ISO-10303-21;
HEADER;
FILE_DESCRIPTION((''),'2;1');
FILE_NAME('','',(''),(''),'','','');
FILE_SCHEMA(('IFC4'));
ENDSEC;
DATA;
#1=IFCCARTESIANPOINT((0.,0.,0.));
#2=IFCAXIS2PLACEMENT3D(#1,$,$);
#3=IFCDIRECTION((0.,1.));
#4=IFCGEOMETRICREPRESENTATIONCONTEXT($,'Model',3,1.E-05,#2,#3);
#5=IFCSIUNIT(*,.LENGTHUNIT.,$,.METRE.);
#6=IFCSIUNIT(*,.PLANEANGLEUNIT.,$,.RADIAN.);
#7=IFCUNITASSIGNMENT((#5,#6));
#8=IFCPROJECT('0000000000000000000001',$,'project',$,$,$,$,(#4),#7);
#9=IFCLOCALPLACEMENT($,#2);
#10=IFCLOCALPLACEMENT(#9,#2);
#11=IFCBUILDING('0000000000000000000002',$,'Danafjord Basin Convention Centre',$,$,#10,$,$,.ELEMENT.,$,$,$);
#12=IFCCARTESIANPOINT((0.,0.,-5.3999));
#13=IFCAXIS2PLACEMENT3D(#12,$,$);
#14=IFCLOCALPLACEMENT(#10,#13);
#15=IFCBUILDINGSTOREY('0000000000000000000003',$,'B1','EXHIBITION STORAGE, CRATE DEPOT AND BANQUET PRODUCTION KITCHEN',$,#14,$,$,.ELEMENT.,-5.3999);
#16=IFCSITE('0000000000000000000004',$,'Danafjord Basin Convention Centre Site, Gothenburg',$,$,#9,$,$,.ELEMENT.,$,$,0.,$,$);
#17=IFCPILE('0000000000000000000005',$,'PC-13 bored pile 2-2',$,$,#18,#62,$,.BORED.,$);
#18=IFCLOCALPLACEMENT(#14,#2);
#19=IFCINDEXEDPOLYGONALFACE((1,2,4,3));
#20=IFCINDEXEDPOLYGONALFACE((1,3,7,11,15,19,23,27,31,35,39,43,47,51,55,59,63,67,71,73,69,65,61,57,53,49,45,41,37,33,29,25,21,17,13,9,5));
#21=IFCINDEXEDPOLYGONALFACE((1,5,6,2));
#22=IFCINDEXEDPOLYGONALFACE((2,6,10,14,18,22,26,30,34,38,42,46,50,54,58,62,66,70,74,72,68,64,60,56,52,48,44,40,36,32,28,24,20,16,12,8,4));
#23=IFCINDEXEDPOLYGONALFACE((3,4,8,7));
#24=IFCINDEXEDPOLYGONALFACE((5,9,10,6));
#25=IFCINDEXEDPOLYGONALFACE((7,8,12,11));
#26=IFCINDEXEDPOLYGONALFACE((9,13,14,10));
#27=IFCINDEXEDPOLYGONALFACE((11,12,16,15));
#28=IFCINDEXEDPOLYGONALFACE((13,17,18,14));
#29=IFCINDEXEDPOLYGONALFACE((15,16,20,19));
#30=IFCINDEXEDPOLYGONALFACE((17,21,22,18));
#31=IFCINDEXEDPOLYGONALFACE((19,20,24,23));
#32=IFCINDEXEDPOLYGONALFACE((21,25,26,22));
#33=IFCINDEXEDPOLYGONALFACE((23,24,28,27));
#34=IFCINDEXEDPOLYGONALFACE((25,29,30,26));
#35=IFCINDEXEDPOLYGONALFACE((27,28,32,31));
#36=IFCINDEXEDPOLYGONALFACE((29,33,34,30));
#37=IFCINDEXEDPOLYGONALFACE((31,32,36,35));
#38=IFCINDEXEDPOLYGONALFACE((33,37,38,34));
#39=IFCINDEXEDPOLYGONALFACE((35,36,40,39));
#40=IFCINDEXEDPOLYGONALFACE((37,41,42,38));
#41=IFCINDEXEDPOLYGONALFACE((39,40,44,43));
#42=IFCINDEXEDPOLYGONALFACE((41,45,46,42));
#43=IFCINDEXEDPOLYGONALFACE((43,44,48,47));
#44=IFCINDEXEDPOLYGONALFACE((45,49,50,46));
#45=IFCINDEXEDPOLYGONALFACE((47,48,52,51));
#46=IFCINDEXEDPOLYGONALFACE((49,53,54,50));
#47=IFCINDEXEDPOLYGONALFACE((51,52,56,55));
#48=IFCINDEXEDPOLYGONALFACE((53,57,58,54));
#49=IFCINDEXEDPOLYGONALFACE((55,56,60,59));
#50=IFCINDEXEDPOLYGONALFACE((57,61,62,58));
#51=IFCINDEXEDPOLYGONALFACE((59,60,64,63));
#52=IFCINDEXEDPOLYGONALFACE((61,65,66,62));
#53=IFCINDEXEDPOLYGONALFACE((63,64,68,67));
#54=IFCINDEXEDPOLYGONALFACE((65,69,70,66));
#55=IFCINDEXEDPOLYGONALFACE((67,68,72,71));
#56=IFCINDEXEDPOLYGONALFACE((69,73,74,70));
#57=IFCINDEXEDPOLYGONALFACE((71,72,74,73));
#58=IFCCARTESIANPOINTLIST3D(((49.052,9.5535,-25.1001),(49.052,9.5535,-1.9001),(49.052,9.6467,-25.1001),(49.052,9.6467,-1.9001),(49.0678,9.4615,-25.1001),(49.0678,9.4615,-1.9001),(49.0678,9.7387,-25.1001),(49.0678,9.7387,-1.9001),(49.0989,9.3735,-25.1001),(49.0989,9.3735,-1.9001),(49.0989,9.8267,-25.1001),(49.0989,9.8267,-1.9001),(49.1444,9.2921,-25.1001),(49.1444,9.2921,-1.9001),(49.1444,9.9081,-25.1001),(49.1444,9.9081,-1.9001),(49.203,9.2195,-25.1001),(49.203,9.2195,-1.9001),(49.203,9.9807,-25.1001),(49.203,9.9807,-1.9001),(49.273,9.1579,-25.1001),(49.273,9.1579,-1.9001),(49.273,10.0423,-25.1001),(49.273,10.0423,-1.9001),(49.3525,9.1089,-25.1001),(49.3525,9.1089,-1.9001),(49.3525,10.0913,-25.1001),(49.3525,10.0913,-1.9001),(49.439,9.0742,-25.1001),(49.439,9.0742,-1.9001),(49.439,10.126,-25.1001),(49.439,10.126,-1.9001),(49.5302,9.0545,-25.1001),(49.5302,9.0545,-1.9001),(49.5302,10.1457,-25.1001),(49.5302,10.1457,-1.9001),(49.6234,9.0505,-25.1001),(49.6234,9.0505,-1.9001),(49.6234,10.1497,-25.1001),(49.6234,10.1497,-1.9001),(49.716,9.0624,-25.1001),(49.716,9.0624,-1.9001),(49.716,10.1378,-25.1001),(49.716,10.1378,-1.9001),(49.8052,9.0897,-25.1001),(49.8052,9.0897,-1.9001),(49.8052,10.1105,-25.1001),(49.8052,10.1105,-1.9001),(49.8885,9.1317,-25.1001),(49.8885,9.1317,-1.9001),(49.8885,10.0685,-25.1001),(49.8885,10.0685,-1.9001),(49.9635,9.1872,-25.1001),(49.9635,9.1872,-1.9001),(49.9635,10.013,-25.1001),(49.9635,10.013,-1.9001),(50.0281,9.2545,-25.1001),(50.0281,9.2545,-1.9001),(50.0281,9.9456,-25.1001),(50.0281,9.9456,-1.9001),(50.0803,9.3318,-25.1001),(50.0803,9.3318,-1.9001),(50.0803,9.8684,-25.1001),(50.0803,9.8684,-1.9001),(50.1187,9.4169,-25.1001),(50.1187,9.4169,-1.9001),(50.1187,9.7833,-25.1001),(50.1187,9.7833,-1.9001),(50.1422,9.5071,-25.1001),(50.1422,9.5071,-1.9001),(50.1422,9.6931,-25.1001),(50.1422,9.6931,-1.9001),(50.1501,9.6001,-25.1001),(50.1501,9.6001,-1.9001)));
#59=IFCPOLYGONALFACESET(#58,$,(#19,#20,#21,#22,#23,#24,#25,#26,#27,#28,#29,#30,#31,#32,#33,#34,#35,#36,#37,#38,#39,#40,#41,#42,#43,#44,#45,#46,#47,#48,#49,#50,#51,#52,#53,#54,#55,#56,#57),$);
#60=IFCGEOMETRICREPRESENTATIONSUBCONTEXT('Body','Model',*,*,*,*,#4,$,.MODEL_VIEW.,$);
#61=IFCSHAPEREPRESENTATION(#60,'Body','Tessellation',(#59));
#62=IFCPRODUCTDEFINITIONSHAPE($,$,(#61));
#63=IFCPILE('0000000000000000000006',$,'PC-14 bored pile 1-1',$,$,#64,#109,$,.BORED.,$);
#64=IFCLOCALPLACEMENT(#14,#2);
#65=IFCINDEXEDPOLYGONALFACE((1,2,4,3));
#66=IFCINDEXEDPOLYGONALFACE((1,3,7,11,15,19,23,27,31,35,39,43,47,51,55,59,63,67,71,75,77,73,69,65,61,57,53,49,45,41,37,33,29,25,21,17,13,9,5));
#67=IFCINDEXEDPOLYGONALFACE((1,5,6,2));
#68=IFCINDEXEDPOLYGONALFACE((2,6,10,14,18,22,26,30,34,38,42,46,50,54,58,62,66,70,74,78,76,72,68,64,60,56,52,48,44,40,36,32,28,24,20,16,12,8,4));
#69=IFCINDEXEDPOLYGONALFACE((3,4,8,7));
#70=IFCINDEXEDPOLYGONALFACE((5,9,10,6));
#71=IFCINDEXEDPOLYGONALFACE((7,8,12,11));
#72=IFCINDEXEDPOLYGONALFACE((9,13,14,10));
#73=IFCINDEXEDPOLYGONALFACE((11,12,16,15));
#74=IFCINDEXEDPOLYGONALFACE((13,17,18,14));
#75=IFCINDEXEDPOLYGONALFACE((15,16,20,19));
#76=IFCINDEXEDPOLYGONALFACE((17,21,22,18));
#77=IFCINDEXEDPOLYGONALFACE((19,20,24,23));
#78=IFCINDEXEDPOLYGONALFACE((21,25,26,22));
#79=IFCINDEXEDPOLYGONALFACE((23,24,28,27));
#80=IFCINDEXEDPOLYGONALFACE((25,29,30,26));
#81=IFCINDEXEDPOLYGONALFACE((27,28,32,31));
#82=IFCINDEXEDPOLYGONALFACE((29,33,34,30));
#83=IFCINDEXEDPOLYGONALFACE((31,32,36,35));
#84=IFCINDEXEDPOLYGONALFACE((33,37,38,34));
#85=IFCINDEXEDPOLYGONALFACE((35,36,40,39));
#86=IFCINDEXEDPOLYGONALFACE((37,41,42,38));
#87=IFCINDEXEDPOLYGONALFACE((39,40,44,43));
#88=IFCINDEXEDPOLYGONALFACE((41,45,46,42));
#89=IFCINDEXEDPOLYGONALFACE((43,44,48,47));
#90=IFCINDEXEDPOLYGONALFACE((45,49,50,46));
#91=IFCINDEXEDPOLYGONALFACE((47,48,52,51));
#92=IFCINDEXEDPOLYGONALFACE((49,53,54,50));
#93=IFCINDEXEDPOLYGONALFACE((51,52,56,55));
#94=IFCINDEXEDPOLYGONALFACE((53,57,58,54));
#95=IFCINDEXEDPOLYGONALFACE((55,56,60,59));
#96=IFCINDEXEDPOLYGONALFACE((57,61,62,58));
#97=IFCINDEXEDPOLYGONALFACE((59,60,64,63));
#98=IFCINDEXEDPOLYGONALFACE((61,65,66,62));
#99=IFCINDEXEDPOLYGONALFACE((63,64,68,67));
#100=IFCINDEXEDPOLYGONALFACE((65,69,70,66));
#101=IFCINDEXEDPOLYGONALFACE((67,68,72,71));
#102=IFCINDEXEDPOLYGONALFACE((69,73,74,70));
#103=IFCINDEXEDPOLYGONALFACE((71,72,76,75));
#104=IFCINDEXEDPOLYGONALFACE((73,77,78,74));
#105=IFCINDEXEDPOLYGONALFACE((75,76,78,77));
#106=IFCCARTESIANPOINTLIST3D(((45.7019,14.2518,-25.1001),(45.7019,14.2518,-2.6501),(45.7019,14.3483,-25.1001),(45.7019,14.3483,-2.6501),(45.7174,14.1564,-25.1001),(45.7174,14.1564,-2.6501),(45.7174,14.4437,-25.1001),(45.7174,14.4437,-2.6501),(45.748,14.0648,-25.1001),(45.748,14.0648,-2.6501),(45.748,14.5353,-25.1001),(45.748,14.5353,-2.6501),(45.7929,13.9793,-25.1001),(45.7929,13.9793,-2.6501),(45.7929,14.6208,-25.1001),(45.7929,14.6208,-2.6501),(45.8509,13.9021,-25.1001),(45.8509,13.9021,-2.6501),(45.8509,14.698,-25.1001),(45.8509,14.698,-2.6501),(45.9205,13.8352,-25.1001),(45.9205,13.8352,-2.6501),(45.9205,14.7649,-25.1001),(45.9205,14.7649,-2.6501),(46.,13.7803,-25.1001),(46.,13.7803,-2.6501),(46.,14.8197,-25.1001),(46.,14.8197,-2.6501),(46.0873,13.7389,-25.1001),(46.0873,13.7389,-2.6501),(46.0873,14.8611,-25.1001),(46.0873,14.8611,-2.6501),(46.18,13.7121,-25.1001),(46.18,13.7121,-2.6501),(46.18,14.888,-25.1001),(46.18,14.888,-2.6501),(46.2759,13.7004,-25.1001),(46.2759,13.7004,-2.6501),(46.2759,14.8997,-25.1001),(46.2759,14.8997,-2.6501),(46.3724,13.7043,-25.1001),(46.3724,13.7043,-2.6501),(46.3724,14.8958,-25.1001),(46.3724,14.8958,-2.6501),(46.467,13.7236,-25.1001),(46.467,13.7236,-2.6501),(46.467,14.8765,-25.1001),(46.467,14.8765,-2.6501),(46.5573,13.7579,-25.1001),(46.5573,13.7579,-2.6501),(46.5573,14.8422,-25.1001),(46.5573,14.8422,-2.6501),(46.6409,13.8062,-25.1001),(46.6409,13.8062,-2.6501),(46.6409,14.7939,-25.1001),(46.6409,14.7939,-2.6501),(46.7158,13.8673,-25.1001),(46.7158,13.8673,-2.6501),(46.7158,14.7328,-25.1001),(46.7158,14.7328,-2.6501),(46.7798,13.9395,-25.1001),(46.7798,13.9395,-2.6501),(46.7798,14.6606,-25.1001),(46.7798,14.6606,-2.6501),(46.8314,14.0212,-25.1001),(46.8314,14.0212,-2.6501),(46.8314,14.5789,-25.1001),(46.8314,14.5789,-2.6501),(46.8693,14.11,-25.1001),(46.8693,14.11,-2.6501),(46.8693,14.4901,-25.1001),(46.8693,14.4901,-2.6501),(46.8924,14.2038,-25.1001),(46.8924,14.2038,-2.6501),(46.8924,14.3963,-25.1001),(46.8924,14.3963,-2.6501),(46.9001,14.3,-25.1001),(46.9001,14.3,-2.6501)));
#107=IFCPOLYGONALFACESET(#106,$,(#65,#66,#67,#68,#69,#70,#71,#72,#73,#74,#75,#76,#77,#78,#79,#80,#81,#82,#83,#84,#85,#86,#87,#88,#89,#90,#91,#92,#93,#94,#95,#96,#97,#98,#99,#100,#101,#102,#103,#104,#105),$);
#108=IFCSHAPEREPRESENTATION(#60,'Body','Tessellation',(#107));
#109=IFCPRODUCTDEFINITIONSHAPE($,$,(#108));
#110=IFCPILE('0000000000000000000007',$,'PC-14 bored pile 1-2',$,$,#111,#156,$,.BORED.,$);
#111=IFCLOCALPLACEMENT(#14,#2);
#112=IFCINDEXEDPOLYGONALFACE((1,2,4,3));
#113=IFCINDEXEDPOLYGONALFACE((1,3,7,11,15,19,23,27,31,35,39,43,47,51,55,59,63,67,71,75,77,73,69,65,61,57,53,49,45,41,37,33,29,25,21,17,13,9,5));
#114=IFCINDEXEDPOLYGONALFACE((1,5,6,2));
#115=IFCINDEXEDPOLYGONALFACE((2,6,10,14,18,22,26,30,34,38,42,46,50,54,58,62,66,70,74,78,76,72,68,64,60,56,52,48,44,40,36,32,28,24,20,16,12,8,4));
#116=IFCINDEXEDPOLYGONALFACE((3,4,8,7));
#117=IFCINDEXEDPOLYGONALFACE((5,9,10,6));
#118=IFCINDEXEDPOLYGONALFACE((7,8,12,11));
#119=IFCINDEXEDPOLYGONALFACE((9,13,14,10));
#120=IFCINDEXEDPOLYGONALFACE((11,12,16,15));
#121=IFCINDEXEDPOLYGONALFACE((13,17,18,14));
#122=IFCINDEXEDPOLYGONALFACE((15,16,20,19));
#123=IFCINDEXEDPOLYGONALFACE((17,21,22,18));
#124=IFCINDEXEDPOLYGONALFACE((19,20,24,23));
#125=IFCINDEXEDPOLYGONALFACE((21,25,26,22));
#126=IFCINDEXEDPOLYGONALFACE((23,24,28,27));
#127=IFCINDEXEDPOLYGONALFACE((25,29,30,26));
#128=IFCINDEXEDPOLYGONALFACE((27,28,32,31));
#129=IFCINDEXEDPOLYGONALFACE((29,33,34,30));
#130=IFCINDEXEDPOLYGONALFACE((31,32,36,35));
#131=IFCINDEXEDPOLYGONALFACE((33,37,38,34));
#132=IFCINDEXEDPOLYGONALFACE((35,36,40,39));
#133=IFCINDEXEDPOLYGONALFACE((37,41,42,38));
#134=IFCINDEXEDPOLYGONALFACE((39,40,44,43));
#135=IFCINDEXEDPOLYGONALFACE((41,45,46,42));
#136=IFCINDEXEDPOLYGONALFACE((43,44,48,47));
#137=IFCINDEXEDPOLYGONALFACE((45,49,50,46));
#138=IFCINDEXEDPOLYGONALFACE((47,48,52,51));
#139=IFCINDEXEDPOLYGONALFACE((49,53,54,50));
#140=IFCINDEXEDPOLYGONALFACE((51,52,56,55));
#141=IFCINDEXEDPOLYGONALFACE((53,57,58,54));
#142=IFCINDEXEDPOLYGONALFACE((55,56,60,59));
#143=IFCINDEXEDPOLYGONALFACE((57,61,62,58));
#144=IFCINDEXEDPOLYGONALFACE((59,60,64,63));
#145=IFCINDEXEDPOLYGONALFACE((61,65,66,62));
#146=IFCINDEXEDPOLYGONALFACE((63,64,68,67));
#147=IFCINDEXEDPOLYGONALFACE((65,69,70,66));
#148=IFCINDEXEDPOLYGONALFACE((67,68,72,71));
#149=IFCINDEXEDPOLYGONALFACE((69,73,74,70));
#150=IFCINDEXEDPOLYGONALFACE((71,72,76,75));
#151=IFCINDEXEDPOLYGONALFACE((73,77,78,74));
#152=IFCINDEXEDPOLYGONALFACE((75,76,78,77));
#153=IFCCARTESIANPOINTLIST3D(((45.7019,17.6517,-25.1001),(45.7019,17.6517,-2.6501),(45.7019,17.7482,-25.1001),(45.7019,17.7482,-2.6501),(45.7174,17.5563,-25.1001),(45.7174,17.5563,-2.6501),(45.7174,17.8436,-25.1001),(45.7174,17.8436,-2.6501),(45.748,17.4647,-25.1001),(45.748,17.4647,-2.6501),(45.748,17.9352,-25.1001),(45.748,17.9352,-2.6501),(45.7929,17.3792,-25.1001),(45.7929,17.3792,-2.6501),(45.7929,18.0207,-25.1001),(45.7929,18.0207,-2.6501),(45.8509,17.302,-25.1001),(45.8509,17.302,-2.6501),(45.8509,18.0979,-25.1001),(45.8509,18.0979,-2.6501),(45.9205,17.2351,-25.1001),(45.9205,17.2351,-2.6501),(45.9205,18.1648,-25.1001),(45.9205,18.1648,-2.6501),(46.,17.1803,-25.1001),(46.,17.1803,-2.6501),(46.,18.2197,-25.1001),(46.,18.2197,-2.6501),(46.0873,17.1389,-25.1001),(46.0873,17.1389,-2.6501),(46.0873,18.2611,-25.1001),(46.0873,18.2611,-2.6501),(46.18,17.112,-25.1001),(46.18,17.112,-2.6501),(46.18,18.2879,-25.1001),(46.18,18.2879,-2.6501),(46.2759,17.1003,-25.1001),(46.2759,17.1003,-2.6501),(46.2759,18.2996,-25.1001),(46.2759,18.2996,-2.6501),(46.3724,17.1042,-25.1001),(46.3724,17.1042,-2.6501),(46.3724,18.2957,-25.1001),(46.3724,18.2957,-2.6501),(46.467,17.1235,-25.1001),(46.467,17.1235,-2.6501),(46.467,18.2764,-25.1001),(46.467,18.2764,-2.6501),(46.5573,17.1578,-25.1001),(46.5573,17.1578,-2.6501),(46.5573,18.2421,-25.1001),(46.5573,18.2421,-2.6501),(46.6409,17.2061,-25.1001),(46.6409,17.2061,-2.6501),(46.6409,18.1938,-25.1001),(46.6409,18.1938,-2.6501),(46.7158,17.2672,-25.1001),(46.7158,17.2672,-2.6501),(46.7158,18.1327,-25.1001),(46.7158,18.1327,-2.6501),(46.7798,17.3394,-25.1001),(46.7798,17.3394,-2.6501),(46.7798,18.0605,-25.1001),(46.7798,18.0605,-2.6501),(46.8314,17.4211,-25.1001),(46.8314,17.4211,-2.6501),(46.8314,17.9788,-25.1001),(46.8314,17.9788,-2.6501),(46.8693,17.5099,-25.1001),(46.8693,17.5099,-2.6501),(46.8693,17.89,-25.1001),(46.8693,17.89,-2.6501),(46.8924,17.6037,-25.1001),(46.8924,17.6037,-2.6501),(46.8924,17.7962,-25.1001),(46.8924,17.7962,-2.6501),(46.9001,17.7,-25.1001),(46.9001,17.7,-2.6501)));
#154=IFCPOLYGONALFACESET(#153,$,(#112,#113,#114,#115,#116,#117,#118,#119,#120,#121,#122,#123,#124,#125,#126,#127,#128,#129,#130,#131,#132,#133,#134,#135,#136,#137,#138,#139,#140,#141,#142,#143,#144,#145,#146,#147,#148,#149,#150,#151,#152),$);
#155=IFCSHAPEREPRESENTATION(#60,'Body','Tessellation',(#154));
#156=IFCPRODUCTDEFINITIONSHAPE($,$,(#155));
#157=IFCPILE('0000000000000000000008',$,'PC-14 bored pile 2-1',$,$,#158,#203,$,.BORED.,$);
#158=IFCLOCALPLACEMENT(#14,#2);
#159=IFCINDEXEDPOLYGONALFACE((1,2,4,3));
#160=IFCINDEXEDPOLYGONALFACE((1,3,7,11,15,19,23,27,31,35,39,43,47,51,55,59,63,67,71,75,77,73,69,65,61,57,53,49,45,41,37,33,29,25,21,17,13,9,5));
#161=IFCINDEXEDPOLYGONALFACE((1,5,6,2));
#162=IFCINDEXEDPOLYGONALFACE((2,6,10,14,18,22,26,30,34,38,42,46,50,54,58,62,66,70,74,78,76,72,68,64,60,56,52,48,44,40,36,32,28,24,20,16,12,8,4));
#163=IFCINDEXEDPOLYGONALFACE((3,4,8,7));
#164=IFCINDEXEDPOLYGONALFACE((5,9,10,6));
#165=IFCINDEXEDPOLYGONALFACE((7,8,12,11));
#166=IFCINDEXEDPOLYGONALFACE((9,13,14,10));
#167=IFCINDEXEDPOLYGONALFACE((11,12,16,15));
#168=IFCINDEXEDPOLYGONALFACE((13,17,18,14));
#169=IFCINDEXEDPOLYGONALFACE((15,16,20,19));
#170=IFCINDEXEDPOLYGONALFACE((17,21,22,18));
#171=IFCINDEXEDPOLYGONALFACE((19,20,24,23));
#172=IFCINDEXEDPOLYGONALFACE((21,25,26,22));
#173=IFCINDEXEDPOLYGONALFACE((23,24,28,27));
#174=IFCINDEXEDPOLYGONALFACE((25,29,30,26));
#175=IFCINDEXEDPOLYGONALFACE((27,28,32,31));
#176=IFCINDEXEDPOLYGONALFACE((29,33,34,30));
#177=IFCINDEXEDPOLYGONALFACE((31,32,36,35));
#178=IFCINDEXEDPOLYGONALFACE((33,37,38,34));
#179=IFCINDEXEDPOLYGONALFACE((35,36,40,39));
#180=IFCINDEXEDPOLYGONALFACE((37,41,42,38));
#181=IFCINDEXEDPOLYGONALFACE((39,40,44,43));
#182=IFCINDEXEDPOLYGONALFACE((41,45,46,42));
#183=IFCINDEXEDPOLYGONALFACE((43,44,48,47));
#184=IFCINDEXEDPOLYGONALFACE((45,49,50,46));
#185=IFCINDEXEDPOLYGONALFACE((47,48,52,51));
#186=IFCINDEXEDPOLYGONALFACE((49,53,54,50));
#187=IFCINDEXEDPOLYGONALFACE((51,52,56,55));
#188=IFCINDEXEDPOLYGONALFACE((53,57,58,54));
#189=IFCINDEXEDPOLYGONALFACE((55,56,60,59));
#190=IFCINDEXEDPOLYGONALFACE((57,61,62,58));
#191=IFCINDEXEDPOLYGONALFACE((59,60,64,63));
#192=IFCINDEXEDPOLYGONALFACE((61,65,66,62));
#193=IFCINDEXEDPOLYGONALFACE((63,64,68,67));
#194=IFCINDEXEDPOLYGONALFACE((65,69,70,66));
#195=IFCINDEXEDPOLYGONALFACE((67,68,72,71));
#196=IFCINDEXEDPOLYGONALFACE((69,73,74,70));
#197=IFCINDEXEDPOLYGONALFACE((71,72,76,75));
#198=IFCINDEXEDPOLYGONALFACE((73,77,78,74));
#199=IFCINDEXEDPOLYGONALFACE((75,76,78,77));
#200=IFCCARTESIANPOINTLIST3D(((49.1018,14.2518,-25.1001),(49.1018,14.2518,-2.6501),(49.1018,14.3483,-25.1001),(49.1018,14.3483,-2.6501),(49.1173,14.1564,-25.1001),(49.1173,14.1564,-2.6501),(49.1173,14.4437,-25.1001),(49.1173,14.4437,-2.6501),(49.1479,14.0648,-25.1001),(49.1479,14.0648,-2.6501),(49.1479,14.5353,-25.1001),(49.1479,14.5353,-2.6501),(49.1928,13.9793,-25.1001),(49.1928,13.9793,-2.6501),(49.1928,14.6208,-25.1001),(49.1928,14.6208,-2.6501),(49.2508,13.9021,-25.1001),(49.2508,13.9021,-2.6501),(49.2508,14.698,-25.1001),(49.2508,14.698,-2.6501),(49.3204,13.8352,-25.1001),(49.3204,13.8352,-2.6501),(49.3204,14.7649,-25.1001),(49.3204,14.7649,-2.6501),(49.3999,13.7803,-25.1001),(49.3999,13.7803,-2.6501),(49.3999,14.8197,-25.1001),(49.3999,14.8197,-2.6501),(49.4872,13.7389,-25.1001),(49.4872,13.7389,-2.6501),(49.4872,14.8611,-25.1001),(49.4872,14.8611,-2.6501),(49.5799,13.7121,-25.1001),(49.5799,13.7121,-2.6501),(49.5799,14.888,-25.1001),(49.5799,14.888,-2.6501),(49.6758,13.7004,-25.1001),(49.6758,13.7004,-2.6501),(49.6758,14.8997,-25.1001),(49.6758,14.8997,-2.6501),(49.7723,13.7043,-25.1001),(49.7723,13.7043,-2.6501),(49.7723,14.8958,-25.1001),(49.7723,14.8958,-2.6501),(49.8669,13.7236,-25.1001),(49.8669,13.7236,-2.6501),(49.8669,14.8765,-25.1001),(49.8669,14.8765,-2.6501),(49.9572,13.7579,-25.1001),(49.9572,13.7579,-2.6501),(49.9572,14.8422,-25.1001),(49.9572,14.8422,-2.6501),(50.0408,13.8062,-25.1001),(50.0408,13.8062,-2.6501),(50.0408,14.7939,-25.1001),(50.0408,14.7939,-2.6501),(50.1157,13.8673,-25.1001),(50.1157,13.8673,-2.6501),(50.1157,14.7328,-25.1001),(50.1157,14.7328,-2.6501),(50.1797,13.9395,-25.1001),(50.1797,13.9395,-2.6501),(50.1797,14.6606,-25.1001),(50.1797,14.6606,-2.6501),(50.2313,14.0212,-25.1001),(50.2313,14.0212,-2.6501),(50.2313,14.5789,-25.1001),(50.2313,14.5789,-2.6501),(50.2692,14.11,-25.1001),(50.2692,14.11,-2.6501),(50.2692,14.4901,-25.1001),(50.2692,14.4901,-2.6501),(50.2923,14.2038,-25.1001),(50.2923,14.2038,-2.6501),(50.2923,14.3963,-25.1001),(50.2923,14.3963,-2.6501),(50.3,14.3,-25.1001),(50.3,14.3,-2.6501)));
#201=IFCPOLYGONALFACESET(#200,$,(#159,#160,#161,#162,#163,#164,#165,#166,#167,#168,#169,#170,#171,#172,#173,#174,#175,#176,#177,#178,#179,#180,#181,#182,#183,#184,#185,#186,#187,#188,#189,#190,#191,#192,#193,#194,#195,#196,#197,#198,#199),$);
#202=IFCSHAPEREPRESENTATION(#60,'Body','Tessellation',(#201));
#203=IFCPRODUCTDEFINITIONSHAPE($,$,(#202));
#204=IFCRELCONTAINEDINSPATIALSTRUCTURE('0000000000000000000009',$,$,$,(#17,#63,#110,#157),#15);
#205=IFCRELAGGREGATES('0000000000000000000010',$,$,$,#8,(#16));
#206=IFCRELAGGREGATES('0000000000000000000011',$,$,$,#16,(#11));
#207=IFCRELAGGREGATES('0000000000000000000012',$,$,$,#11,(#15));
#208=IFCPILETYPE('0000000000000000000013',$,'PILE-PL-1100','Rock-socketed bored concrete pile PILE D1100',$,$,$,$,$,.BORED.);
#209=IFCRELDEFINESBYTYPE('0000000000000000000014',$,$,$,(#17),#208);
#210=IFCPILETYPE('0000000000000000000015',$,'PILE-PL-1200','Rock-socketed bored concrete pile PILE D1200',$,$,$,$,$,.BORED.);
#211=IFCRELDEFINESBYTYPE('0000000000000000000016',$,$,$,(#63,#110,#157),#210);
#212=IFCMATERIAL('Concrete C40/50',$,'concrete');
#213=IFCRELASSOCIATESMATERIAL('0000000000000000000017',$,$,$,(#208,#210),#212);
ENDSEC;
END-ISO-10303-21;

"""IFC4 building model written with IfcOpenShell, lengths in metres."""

from ifc_helpers import new_model, si_unit, direction, frame, origin, origin_2d, place, context, subcontext, project, spatial, circle, extrude, material, material_profile, profile_set, type_object, element, save


model = new_model("IFC4")

# Units and contexts
model_context = context("Model", 3, precision=1e-05, world=origin(), true_north=direction((0.0, 1.0)))
body_context = subcontext(model_context, "Body", "Model", "MODEL_VIEW")
ifc_project = project(units=[si_unit("LENGTHUNIT", "METRE"), si_unit("PLANEANGLEUNIT", "RADIAN")], contexts=[model_context])

# Site, building, storey
site_placement = place(None, origin())
site = spatial("IfcSite", under=ifc_project, at=site_placement, Name="Danafjord Basin Convention Centre Site, Gothenburg", CompositionType="ELEMENT", RefElevation=0.0)
building_placement = place(site_placement, origin())
building = spatial("IfcBuilding", under=site, at=building_placement, Name="Danafjord Basin Convention Centre", CompositionType="ELEMENT")
storey_placement = place(building_placement, frame((0.0, 0.0, -5.3999)))
storey = spatial("IfcBuildingStorey", under=building, at=storey_placement, Name="B1", Description="EXHIBITION STORAGE, CRATE DEPOT AND BANQUET PRODUCTION KITCHEN", CompositionType="ELEMENT", Elevation=-5.3999)

# Shared definitions
ifc_material_1 = material(Name="Concrete C40/50", Category="concrete")

# Piles
ifc_material_profile_1 = material_profile(ifc_material_1, circle(Radius=0.55, at=origin_2d()), Name="PILE D1100")
ifc_profile_set_1 = profile_set([ifc_material_profile_1], Name="Concrete C40/50")
pile_type_1 = type_object("IfcPileType", Name="PILE-PL-1100", Description="Rock-socketed bored concrete pile PILE D1100", PredefinedType="BORED", material=ifc_profile_set_1)
for number, where, z_axis, x_axis, name in (
    (1, (49.6001, 9.6001, -1.9001), (0.0, 0.0, -1.0), (1.0, 0.0, 0.0), "PC-13 bored pile 2-2"),
):
    element("IfcPile", number, at=place(storey_placement, frame(where, z_axis=z_axis, x_axis=x_axis)), inside=storey, type_object=pile_type_1, Name=name, PredefinedType="BORED", context=body_context, shape_type="SweptSolid", body=[
        extrude(circle(Radius=0.55, at=origin_2d()), origin(), (0.0, 0.0, 1.0), 23.2),
    ])
ifc_material_profile_2 = material_profile(ifc_material_1, circle(Radius=0.6001, at=origin_2d()), Name="PILE D1200")
ifc_profile_set_2 = profile_set([ifc_material_profile_2], Name="Concrete C40/50")
pile_type_2 = type_object("IfcPileType", Name="PILE-PL-1200", Description="Rock-socketed bored concrete pile PILE D1200", PredefinedType="BORED", material=ifc_profile_set_2)
for number, where, z_axis, x_axis, name in (
    (2, (46.3, 14.3, -2.6501), (0.0, 0.0, -1.0), (1.0, 0.0, 0.0), "PC-14 bored pile 1-1"),
    (3, (46.3, 17.7, -2.6501), (0.0, 0.0, -1.0), (1.0, 0.0, 0.0), "PC-14 bored pile 1-2"),
    (4, (49.7, 14.3, -2.6501), (0.0, 0.0, -1.0), (1.0, 0.0, 0.0), "PC-14 bored pile 2-1"),
):
    element("IfcPile", number, at=place(storey_placement, frame(where, z_axis=z_axis, x_axis=x_axis)), inside=storey, type_object=pile_type_2, Name=name, PredefinedType="BORED", context=body_context, shape_type="SweptSolid", body=[
        extrude(circle(Radius=0.6001, at=origin_2d()), origin(), (0.0, 0.0, 1.0), 22.45),
    ])

save(model, "model.ifc")
